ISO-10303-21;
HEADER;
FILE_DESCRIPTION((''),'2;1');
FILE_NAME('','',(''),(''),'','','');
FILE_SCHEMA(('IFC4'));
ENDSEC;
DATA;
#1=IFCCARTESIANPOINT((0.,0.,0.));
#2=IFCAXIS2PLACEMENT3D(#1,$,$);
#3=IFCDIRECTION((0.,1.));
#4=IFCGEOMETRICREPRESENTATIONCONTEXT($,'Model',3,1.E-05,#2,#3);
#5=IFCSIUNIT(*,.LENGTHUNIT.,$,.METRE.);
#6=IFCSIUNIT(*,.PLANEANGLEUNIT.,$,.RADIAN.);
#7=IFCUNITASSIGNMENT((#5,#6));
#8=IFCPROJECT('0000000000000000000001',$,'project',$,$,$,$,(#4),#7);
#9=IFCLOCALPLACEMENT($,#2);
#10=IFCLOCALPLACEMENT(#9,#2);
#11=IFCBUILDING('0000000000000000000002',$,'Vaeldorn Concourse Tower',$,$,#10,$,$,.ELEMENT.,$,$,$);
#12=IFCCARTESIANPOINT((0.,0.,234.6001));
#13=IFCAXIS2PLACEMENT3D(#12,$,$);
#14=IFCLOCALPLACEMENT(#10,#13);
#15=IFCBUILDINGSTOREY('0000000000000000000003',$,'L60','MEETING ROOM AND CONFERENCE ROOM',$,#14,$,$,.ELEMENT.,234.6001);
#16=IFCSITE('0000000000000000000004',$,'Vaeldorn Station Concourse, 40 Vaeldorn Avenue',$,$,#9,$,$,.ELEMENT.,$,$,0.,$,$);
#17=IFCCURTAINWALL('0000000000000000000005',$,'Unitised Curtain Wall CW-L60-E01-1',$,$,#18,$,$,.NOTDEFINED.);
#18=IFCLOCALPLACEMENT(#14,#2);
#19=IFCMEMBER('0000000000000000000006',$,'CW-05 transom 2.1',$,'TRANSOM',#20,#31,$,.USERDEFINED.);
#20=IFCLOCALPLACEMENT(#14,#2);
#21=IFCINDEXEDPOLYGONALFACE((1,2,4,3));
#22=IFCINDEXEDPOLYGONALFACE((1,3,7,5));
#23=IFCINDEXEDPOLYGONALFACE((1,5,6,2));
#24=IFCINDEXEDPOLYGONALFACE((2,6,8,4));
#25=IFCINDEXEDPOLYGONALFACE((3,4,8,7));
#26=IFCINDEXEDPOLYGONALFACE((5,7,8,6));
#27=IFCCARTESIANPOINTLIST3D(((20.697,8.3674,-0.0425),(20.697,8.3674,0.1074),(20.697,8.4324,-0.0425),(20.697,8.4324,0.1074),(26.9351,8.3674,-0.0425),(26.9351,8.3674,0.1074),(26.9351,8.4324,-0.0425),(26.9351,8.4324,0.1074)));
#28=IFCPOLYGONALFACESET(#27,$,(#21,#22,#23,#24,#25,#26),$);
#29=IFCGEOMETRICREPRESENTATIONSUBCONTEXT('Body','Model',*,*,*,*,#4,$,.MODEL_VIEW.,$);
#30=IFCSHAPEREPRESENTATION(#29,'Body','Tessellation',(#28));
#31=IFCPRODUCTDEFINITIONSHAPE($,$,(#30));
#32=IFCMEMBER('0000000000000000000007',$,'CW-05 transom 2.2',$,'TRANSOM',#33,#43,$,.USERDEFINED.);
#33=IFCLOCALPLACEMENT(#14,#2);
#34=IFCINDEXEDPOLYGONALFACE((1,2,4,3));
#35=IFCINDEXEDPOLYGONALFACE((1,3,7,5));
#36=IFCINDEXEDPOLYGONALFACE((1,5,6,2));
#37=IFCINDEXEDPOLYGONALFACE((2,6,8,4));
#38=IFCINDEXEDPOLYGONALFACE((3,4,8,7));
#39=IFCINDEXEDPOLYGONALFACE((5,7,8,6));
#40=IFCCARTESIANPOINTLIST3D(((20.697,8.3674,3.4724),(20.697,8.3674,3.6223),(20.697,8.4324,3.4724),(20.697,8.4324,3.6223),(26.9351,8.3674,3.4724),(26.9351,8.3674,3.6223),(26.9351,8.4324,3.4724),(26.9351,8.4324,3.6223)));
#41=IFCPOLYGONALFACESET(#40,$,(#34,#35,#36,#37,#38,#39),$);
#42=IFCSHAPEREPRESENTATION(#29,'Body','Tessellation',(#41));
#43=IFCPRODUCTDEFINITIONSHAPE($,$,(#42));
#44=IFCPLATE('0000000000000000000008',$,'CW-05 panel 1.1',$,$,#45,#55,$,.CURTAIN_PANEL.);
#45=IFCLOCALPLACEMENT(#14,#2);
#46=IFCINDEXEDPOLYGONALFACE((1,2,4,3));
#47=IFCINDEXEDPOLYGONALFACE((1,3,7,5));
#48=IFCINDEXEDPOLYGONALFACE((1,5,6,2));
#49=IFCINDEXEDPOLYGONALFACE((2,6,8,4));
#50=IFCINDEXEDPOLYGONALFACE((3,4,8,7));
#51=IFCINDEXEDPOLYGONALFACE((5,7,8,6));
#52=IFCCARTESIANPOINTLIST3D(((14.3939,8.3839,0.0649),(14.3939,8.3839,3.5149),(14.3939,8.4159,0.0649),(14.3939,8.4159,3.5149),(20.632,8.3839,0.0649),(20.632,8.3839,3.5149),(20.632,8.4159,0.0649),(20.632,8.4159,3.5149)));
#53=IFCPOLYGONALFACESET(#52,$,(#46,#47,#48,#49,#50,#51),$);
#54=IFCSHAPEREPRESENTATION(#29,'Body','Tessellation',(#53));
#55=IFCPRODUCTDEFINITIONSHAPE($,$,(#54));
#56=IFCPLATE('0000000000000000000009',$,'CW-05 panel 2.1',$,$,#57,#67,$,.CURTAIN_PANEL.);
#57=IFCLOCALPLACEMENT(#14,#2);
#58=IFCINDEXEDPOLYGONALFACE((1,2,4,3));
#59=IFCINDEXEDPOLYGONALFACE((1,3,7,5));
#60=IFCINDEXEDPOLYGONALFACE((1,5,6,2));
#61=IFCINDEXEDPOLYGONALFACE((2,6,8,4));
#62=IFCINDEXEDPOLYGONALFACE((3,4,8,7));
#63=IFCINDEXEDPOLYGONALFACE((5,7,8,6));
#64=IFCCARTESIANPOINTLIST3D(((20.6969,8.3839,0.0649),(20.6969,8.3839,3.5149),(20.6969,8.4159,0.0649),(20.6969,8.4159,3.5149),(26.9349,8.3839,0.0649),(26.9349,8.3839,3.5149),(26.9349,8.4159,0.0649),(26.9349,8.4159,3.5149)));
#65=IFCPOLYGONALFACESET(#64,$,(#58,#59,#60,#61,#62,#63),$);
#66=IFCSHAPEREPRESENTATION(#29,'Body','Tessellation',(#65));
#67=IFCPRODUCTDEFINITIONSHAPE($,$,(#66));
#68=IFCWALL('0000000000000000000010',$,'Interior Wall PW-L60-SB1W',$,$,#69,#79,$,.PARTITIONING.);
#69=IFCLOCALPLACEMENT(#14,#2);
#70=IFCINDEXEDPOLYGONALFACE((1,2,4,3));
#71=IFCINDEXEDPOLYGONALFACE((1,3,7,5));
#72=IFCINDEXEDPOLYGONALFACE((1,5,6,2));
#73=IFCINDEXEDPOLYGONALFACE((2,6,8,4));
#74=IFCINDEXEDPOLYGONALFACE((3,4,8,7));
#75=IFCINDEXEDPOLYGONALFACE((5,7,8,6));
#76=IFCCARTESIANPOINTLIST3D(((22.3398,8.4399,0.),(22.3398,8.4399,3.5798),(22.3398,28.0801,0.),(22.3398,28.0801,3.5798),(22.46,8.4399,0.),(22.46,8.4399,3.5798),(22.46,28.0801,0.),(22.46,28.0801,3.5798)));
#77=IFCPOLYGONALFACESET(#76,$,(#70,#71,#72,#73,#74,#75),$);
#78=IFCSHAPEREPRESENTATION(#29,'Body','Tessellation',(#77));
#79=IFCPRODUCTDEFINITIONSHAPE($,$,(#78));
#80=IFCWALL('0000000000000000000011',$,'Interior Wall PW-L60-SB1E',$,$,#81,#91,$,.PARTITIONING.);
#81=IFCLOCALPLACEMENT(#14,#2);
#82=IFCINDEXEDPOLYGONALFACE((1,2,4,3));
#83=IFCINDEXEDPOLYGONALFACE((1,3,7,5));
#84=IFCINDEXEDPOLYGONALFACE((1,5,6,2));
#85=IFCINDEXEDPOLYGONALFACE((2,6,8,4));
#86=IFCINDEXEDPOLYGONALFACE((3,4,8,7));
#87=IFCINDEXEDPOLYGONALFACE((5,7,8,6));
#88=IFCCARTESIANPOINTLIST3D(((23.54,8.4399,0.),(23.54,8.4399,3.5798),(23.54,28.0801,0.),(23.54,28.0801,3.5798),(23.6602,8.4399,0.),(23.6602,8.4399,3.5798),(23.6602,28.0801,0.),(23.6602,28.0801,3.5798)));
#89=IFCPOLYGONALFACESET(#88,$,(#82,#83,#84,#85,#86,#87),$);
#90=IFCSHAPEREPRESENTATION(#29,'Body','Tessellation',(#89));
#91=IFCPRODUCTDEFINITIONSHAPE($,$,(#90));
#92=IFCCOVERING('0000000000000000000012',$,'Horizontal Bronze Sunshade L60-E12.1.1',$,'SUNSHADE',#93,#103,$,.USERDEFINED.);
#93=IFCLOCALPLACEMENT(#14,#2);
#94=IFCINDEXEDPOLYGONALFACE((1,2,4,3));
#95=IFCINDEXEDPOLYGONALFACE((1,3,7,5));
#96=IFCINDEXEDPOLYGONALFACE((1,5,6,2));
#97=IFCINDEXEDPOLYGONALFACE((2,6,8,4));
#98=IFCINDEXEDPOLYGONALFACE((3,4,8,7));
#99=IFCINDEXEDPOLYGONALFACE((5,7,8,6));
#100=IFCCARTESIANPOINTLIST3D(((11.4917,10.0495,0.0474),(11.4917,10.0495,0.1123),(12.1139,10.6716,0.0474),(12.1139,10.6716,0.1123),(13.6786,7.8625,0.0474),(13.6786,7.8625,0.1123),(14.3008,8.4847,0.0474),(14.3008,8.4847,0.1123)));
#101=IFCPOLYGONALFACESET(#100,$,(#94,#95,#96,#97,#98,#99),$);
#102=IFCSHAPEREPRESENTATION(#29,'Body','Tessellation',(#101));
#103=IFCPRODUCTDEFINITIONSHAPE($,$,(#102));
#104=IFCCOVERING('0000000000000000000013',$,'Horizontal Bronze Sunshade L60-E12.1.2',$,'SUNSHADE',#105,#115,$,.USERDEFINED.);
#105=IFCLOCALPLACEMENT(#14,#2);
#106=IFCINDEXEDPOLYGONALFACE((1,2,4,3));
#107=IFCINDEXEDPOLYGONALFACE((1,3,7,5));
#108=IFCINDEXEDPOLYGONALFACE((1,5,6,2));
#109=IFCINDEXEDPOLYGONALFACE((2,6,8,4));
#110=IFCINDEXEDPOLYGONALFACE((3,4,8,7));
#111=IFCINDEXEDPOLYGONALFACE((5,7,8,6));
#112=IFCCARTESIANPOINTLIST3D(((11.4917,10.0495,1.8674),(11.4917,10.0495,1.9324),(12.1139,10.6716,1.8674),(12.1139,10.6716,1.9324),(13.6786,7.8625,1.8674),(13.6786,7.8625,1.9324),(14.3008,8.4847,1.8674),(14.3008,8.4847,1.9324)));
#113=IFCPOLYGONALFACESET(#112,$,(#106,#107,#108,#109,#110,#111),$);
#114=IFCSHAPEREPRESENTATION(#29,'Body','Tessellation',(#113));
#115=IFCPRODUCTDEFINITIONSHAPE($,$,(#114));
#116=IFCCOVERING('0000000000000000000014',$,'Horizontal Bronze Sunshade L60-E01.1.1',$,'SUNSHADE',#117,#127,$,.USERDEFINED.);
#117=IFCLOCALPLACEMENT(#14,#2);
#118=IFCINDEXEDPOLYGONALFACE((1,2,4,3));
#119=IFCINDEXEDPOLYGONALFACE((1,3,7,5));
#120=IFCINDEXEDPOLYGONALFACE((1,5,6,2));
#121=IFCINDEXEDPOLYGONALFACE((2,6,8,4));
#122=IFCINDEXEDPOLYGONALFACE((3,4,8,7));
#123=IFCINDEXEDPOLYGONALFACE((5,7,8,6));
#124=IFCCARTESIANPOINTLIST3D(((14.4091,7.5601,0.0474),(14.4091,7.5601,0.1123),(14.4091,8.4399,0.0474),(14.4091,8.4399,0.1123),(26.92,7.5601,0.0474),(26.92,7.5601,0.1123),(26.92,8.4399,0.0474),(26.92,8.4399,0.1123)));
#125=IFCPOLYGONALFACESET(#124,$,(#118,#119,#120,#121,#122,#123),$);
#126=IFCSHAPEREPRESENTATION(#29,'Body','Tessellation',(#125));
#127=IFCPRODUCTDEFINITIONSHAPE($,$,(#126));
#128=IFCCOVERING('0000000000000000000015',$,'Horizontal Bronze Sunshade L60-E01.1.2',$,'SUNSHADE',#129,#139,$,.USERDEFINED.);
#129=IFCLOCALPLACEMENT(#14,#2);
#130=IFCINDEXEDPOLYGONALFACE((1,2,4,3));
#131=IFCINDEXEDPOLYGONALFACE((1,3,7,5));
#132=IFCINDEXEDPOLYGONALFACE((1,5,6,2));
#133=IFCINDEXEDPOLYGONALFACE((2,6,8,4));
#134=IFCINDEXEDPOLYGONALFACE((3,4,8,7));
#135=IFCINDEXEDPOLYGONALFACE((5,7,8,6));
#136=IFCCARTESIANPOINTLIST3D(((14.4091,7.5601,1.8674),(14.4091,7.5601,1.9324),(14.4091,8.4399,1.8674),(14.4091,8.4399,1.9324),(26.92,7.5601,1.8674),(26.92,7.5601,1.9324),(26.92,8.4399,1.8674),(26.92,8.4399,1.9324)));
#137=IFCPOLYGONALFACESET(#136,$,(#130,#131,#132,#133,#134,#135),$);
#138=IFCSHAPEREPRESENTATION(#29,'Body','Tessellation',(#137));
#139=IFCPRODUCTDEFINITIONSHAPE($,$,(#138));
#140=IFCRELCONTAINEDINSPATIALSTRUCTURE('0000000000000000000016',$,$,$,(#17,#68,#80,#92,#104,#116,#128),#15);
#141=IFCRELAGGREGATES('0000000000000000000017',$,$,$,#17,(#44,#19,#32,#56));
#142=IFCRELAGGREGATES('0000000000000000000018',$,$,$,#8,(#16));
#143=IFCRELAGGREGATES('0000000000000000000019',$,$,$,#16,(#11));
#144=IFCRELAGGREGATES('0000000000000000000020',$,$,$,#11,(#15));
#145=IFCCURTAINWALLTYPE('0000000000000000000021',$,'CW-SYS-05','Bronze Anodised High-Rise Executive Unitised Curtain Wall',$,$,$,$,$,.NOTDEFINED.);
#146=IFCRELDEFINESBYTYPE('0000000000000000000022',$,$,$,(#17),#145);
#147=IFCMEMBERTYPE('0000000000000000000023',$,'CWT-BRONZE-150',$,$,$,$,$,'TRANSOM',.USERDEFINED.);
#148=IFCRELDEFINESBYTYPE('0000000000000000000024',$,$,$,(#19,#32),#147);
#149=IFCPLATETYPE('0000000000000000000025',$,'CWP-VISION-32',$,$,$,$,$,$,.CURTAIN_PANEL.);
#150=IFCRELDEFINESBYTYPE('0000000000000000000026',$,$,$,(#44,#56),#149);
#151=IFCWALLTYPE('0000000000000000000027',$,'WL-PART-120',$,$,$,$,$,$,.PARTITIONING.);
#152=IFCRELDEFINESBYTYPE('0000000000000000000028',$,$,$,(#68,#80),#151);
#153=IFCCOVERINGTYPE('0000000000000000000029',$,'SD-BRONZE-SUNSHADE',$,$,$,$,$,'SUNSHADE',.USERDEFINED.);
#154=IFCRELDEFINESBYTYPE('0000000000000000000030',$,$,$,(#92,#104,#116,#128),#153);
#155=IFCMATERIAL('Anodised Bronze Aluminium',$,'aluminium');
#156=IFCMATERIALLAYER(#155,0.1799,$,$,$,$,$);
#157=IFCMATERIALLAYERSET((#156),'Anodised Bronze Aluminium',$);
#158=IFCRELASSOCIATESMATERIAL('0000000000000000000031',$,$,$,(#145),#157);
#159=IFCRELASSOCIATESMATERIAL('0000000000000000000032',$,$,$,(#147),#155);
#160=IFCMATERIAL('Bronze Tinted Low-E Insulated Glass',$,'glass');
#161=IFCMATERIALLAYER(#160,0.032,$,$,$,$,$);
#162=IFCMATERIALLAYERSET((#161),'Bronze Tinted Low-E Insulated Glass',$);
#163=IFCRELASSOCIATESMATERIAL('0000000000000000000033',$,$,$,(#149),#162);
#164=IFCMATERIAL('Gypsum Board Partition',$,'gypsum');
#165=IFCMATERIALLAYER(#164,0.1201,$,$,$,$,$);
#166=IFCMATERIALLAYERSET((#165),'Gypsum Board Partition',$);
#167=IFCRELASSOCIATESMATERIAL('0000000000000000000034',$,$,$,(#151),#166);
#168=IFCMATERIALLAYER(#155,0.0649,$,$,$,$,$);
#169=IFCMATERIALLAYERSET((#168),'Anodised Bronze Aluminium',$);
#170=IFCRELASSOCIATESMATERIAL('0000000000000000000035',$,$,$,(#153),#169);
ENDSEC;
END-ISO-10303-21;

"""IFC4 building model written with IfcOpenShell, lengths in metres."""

from ifc_helpers import new_model, si_unit, direction, frame, frame_2d, origin, origin_2d, place, context, subcontext, project, spatial, rectangle, extrude, source, transform, mapped, material, layer, layer_set, material_profile, profile_set, type_object, element, aggregate, save


model = new_model("IFC4")

# Units and contexts
model_context = context("Model", 3, precision=1e-05, world=origin(), true_north=direction((0.0, 1.0)))
body_context = subcontext(model_context, "Body", "Model", "MODEL_VIEW")
ifc_project = project(units=[si_unit("LENGTHUNIT", "METRE"), si_unit("PLANEANGLEUNIT", "RADIAN")], contexts=[model_context])

# Site, building, storey
site_placement = place(None, origin())
site = spatial("IfcSite", under=ifc_project, at=site_placement, Name="Vaeldorn Station Concourse, 40 Vaeldorn Avenue", CompositionType="ELEMENT", RefElevation=0.0)
building_placement = place(site_placement, origin())
building = spatial("IfcBuilding", under=site, at=building_placement, Name="Vaeldorn Concourse Tower", CompositionType="ELEMENT")
storey_placement = place(building_placement, frame((0.0, 0.0, 234.6001)))
storey = spatial("IfcBuildingStorey", under=building, at=storey_placement, Name="L60", Description="MEETING ROOM AND CONFERENCE ROOM", CompositionType="ELEMENT", Elevation=234.6001)

# Curtain wall
ifc_material_1 = material(Name="Anodised Bronze Aluminium", Category="aluminium")
ifc_layer_1 = layer(ifc_material_1, 0.1799)
ifc_layer_set_1 = layer_set([ifc_layer_1], Name="Anodised Bronze Aluminium")
curtain_wall_type = type_object("IfcCurtainWallType", Name="CW-SYS-05", Description="Bronze Anodised High-Rise Executive Unitised Curtain Wall", PredefinedType="NOTDEFINED", material=ifc_layer_set_1)
curtain_wall_1_placement = place(storey_placement, origin())
curtain_wall_1 = element("IfcCurtainWall", 1, at=curtain_wall_1_placement, inside=storey, type_object=curtain_wall_type, Name="Unitised Curtain Wall CW-L60-E01-1", PredefinedType="NOTDEFINED")

# Members
ifc_material_profile_1 = material_profile(ifc_material_1, rectangle(XDim=0.0649, YDim=0.1499, at=origin_2d()), Name="CWT 65x150")
ifc_profile_set_1 = profile_set([ifc_material_profile_1], Name="Anodised Bronze Aluminium")
member_type_1 = type_object("IfcMemberType", Name="CWT-BRONZE-150", ElementType="TRANSOM", PredefinedType="USERDEFINED", material=ifc_profile_set_1)
shared_shape_1 = source(origin(), body_context, "Body", "SweptSolid", [
    extrude(rectangle(XDim=0.0649, YDim=0.1499, at=origin_2d()), origin(), (0.0, 0.0, 1.0), 6.238),
])
member_1_placement = place(storey_placement, frame((20.697, 8.3999, 0.0325), z_axis=(1.0, 0.0, 0.0), x_axis=(0.0, 1.0, 0.0)))
member_1 = element("IfcMember", 2, at=member_1_placement, type_object=member_type_1, Name="CW-05 transom 2.1", ObjectType="TRANSOM", PredefinedType="USERDEFINED", context=body_context, shape_type="MappedRepresentation", body=[
    mapped(shared_shape_1, transform((0.0, 0.0, 0.0), scale=1.0)),
])
member_2_placement = place(storey_placement, frame((20.697, 8.3999, 3.5474), z_axis=(1.0, 0.0, 0.0), x_axis=(0.0, 1.0, 0.0)))
member_2 = element("IfcMember", 3, at=member_2_placement, type_object=member_type_1, Name="CW-05 transom 2.2", ObjectType="TRANSOM", PredefinedType="USERDEFINED", context=body_context, shape_type="MappedRepresentation", body=[
    mapped(shared_shape_1, transform((0.0, 0.0, 0.0), scale=1.0)),
])

# Plates
ifc_material_2 = material(Name="Bronze Tinted Low-E Insulated Glass", Category="glass")
ifc_layer_2 = layer(ifc_material_2, 0.032)
ifc_layer_set_2 = layer_set([ifc_layer_2], Name="Bronze Tinted Low-E Insulated Glass")
plate_type = type_object("IfcPlateType", Name="CWP-VISION-32", PredefinedType="CURTAIN_PANEL", material=ifc_layer_set_2)
shared_shape_2 = source(origin(), body_context, "Body", "SweptSolid", [
    extrude(rectangle(XDim=6.238, YDim=0.032, at=origin_2d()), origin(), (0.0, 0.0, 1.0), 3.45),
])
plate_1_placement = place(storey_placement, frame((17.5129, 8.3999, 0.0649), z_axis=(0.0, 0.0, 1.0), x_axis=(1.0, 0.0, 0.0)))
plate_1 = element("IfcPlate", 4, at=plate_1_placement, type_object=plate_type, Name="CW-05 panel 1.1", PredefinedType="CURTAIN_PANEL", context=body_context, shape_type="MappedRepresentation", body=[
    mapped(shared_shape_2, transform((0.0, 0.0, 0.0), scale=1.0)),
])
plate_2_placement = place(storey_placement, frame((23.8159, 8.3999, 0.0649), z_axis=(0.0, 0.0, 1.0), x_axis=(1.0, 0.0, 0.0)))
plate_2 = element("IfcPlate", 5, at=plate_2_placement, type_object=plate_type, Name="CW-05 panel 2.1", PredefinedType="CURTAIN_PANEL", context=body_context, shape_type="MappedRepresentation", body=[
    mapped(shared_shape_2, transform((0.0, 0.0, 0.0), scale=1.0)),
])
aggregate(curtain_wall_1, [plate_1, member_1, member_2, plate_2])

# Walls
ifc_material_3 = material(Name="Gypsum Board Partition", Category="gypsum")
ifc_layer_3 = layer(ifc_material_3, 0.1201)
ifc_layer_set_3 = layer_set([ifc_layer_3], Name="Gypsum Board Partition")
wall_type = type_object("IfcWallType", Name="WL-PART-120", PredefinedType="PARTITIONING", material=ifc_layer_set_3)
for number, where, z_axis, x_axis, name in (
    (6, (22.3999, 8.4399, 0.0), (0.0, 0.0, 1.0), (0.0, 1.0, 0.0), "Interior Wall PW-L60-SB1W"),
    (7, (23.6001, 8.4399, 0.0), (0.0, 0.0, 1.0), (0.0, 1.0, 0.0), "Interior Wall PW-L60-SB1E"),
):
    element("IfcWall", number, at=place(storey_placement, frame(where, z_axis=z_axis, x_axis=x_axis)), inside=storey, type_object=wall_type, Name=name, PredefinedType="PARTITIONING", context=body_context, shape_type="SweptSolid", body=[
        extrude(rectangle(XDim=19.6401, YDim=0.1201, at=frame_2d((9.8201, 0.0))), origin(), (0.0, 0.0, 1.0), 3.5798),
    ])

# Coverings
ifc_layer_4 = layer(ifc_material_1, 0.0649)
ifc_layer_set_4 = layer_set([ifc_layer_4], Name="Anodised Bronze Aluminium")
covering_type = type_object("IfcCoveringType", Name="SD-BRONZE-SUNSHADE", ElementType="SUNSHADE", PredefinedType="USERDEFINED", material=ifc_layer_set_4)
shared_shape_3 = source(origin(), body_context, "Body", "SweptSolid", [
    extrude(rectangle(XDim=3.0928, YDim=0.8799, at=origin_2d()), origin(), (0.0, 0.0, 1.0), 0.0649),
])
for number, where, z_axis, x_axis, name in (
    (8, (12.8962, 9.2671, 0.0474), (0.0, 0.0, 1.0), (0.707107, -0.707107, 0.0), "Horizontal Bronze Sunshade L60-E12.1.1"),
    (9, (12.8962, 9.2671, 1.8674), (0.0, 0.0, 1.0), (0.707107, -0.707107, 0.0), "Horizontal Bronze Sunshade L60-E12.1.2"),
):
    element("IfcCovering", number, at=place(storey_placement, frame(where, z_axis=z_axis, x_axis=x_axis)), inside=storey, type_object=covering_type, Name=name, ObjectType="SUNSHADE", PredefinedType="USERDEFINED", context=body_context, shape_type="MappedRepresentation", body=[
        mapped(shared_shape_3, transform((0.0, 0.0, 0.0), scale=1.0)),
    ])
shared_shape_4 = source(origin(), body_context, "Body", "SweptSolid", [
    extrude(rectangle(XDim=12.511, YDim=0.8799, at=origin_2d()), origin(), (0.0, 0.0, 1.0), 0.0649),
])
for number, where, z_axis, x_axis, name in (
    (10, (20.6646, 8.0, 0.0474), (0.0, 0.0, 1.0), (1.0, 0.0, 0.0), "Horizontal Bronze Sunshade L60-E01.1.1"),
    (11, (20.6646, 8.0, 1.8674), (0.0, 0.0, 1.0), (1.0, 0.0, 0.0), "Horizontal Bronze Sunshade L60-E01.1.2"),
):
    element("IfcCovering", number, at=place(storey_placement, frame(where, z_axis=z_axis, x_axis=x_axis)), inside=storey, type_object=covering_type, Name=name, ObjectType="SUNSHADE", PredefinedType="USERDEFINED", context=body_context, shape_type="MappedRepresentation", body=[
        mapped(shared_shape_4, transform((0.0, 0.0, 0.0), scale=1.0)),
    ])

save(model, "model.ifc")
